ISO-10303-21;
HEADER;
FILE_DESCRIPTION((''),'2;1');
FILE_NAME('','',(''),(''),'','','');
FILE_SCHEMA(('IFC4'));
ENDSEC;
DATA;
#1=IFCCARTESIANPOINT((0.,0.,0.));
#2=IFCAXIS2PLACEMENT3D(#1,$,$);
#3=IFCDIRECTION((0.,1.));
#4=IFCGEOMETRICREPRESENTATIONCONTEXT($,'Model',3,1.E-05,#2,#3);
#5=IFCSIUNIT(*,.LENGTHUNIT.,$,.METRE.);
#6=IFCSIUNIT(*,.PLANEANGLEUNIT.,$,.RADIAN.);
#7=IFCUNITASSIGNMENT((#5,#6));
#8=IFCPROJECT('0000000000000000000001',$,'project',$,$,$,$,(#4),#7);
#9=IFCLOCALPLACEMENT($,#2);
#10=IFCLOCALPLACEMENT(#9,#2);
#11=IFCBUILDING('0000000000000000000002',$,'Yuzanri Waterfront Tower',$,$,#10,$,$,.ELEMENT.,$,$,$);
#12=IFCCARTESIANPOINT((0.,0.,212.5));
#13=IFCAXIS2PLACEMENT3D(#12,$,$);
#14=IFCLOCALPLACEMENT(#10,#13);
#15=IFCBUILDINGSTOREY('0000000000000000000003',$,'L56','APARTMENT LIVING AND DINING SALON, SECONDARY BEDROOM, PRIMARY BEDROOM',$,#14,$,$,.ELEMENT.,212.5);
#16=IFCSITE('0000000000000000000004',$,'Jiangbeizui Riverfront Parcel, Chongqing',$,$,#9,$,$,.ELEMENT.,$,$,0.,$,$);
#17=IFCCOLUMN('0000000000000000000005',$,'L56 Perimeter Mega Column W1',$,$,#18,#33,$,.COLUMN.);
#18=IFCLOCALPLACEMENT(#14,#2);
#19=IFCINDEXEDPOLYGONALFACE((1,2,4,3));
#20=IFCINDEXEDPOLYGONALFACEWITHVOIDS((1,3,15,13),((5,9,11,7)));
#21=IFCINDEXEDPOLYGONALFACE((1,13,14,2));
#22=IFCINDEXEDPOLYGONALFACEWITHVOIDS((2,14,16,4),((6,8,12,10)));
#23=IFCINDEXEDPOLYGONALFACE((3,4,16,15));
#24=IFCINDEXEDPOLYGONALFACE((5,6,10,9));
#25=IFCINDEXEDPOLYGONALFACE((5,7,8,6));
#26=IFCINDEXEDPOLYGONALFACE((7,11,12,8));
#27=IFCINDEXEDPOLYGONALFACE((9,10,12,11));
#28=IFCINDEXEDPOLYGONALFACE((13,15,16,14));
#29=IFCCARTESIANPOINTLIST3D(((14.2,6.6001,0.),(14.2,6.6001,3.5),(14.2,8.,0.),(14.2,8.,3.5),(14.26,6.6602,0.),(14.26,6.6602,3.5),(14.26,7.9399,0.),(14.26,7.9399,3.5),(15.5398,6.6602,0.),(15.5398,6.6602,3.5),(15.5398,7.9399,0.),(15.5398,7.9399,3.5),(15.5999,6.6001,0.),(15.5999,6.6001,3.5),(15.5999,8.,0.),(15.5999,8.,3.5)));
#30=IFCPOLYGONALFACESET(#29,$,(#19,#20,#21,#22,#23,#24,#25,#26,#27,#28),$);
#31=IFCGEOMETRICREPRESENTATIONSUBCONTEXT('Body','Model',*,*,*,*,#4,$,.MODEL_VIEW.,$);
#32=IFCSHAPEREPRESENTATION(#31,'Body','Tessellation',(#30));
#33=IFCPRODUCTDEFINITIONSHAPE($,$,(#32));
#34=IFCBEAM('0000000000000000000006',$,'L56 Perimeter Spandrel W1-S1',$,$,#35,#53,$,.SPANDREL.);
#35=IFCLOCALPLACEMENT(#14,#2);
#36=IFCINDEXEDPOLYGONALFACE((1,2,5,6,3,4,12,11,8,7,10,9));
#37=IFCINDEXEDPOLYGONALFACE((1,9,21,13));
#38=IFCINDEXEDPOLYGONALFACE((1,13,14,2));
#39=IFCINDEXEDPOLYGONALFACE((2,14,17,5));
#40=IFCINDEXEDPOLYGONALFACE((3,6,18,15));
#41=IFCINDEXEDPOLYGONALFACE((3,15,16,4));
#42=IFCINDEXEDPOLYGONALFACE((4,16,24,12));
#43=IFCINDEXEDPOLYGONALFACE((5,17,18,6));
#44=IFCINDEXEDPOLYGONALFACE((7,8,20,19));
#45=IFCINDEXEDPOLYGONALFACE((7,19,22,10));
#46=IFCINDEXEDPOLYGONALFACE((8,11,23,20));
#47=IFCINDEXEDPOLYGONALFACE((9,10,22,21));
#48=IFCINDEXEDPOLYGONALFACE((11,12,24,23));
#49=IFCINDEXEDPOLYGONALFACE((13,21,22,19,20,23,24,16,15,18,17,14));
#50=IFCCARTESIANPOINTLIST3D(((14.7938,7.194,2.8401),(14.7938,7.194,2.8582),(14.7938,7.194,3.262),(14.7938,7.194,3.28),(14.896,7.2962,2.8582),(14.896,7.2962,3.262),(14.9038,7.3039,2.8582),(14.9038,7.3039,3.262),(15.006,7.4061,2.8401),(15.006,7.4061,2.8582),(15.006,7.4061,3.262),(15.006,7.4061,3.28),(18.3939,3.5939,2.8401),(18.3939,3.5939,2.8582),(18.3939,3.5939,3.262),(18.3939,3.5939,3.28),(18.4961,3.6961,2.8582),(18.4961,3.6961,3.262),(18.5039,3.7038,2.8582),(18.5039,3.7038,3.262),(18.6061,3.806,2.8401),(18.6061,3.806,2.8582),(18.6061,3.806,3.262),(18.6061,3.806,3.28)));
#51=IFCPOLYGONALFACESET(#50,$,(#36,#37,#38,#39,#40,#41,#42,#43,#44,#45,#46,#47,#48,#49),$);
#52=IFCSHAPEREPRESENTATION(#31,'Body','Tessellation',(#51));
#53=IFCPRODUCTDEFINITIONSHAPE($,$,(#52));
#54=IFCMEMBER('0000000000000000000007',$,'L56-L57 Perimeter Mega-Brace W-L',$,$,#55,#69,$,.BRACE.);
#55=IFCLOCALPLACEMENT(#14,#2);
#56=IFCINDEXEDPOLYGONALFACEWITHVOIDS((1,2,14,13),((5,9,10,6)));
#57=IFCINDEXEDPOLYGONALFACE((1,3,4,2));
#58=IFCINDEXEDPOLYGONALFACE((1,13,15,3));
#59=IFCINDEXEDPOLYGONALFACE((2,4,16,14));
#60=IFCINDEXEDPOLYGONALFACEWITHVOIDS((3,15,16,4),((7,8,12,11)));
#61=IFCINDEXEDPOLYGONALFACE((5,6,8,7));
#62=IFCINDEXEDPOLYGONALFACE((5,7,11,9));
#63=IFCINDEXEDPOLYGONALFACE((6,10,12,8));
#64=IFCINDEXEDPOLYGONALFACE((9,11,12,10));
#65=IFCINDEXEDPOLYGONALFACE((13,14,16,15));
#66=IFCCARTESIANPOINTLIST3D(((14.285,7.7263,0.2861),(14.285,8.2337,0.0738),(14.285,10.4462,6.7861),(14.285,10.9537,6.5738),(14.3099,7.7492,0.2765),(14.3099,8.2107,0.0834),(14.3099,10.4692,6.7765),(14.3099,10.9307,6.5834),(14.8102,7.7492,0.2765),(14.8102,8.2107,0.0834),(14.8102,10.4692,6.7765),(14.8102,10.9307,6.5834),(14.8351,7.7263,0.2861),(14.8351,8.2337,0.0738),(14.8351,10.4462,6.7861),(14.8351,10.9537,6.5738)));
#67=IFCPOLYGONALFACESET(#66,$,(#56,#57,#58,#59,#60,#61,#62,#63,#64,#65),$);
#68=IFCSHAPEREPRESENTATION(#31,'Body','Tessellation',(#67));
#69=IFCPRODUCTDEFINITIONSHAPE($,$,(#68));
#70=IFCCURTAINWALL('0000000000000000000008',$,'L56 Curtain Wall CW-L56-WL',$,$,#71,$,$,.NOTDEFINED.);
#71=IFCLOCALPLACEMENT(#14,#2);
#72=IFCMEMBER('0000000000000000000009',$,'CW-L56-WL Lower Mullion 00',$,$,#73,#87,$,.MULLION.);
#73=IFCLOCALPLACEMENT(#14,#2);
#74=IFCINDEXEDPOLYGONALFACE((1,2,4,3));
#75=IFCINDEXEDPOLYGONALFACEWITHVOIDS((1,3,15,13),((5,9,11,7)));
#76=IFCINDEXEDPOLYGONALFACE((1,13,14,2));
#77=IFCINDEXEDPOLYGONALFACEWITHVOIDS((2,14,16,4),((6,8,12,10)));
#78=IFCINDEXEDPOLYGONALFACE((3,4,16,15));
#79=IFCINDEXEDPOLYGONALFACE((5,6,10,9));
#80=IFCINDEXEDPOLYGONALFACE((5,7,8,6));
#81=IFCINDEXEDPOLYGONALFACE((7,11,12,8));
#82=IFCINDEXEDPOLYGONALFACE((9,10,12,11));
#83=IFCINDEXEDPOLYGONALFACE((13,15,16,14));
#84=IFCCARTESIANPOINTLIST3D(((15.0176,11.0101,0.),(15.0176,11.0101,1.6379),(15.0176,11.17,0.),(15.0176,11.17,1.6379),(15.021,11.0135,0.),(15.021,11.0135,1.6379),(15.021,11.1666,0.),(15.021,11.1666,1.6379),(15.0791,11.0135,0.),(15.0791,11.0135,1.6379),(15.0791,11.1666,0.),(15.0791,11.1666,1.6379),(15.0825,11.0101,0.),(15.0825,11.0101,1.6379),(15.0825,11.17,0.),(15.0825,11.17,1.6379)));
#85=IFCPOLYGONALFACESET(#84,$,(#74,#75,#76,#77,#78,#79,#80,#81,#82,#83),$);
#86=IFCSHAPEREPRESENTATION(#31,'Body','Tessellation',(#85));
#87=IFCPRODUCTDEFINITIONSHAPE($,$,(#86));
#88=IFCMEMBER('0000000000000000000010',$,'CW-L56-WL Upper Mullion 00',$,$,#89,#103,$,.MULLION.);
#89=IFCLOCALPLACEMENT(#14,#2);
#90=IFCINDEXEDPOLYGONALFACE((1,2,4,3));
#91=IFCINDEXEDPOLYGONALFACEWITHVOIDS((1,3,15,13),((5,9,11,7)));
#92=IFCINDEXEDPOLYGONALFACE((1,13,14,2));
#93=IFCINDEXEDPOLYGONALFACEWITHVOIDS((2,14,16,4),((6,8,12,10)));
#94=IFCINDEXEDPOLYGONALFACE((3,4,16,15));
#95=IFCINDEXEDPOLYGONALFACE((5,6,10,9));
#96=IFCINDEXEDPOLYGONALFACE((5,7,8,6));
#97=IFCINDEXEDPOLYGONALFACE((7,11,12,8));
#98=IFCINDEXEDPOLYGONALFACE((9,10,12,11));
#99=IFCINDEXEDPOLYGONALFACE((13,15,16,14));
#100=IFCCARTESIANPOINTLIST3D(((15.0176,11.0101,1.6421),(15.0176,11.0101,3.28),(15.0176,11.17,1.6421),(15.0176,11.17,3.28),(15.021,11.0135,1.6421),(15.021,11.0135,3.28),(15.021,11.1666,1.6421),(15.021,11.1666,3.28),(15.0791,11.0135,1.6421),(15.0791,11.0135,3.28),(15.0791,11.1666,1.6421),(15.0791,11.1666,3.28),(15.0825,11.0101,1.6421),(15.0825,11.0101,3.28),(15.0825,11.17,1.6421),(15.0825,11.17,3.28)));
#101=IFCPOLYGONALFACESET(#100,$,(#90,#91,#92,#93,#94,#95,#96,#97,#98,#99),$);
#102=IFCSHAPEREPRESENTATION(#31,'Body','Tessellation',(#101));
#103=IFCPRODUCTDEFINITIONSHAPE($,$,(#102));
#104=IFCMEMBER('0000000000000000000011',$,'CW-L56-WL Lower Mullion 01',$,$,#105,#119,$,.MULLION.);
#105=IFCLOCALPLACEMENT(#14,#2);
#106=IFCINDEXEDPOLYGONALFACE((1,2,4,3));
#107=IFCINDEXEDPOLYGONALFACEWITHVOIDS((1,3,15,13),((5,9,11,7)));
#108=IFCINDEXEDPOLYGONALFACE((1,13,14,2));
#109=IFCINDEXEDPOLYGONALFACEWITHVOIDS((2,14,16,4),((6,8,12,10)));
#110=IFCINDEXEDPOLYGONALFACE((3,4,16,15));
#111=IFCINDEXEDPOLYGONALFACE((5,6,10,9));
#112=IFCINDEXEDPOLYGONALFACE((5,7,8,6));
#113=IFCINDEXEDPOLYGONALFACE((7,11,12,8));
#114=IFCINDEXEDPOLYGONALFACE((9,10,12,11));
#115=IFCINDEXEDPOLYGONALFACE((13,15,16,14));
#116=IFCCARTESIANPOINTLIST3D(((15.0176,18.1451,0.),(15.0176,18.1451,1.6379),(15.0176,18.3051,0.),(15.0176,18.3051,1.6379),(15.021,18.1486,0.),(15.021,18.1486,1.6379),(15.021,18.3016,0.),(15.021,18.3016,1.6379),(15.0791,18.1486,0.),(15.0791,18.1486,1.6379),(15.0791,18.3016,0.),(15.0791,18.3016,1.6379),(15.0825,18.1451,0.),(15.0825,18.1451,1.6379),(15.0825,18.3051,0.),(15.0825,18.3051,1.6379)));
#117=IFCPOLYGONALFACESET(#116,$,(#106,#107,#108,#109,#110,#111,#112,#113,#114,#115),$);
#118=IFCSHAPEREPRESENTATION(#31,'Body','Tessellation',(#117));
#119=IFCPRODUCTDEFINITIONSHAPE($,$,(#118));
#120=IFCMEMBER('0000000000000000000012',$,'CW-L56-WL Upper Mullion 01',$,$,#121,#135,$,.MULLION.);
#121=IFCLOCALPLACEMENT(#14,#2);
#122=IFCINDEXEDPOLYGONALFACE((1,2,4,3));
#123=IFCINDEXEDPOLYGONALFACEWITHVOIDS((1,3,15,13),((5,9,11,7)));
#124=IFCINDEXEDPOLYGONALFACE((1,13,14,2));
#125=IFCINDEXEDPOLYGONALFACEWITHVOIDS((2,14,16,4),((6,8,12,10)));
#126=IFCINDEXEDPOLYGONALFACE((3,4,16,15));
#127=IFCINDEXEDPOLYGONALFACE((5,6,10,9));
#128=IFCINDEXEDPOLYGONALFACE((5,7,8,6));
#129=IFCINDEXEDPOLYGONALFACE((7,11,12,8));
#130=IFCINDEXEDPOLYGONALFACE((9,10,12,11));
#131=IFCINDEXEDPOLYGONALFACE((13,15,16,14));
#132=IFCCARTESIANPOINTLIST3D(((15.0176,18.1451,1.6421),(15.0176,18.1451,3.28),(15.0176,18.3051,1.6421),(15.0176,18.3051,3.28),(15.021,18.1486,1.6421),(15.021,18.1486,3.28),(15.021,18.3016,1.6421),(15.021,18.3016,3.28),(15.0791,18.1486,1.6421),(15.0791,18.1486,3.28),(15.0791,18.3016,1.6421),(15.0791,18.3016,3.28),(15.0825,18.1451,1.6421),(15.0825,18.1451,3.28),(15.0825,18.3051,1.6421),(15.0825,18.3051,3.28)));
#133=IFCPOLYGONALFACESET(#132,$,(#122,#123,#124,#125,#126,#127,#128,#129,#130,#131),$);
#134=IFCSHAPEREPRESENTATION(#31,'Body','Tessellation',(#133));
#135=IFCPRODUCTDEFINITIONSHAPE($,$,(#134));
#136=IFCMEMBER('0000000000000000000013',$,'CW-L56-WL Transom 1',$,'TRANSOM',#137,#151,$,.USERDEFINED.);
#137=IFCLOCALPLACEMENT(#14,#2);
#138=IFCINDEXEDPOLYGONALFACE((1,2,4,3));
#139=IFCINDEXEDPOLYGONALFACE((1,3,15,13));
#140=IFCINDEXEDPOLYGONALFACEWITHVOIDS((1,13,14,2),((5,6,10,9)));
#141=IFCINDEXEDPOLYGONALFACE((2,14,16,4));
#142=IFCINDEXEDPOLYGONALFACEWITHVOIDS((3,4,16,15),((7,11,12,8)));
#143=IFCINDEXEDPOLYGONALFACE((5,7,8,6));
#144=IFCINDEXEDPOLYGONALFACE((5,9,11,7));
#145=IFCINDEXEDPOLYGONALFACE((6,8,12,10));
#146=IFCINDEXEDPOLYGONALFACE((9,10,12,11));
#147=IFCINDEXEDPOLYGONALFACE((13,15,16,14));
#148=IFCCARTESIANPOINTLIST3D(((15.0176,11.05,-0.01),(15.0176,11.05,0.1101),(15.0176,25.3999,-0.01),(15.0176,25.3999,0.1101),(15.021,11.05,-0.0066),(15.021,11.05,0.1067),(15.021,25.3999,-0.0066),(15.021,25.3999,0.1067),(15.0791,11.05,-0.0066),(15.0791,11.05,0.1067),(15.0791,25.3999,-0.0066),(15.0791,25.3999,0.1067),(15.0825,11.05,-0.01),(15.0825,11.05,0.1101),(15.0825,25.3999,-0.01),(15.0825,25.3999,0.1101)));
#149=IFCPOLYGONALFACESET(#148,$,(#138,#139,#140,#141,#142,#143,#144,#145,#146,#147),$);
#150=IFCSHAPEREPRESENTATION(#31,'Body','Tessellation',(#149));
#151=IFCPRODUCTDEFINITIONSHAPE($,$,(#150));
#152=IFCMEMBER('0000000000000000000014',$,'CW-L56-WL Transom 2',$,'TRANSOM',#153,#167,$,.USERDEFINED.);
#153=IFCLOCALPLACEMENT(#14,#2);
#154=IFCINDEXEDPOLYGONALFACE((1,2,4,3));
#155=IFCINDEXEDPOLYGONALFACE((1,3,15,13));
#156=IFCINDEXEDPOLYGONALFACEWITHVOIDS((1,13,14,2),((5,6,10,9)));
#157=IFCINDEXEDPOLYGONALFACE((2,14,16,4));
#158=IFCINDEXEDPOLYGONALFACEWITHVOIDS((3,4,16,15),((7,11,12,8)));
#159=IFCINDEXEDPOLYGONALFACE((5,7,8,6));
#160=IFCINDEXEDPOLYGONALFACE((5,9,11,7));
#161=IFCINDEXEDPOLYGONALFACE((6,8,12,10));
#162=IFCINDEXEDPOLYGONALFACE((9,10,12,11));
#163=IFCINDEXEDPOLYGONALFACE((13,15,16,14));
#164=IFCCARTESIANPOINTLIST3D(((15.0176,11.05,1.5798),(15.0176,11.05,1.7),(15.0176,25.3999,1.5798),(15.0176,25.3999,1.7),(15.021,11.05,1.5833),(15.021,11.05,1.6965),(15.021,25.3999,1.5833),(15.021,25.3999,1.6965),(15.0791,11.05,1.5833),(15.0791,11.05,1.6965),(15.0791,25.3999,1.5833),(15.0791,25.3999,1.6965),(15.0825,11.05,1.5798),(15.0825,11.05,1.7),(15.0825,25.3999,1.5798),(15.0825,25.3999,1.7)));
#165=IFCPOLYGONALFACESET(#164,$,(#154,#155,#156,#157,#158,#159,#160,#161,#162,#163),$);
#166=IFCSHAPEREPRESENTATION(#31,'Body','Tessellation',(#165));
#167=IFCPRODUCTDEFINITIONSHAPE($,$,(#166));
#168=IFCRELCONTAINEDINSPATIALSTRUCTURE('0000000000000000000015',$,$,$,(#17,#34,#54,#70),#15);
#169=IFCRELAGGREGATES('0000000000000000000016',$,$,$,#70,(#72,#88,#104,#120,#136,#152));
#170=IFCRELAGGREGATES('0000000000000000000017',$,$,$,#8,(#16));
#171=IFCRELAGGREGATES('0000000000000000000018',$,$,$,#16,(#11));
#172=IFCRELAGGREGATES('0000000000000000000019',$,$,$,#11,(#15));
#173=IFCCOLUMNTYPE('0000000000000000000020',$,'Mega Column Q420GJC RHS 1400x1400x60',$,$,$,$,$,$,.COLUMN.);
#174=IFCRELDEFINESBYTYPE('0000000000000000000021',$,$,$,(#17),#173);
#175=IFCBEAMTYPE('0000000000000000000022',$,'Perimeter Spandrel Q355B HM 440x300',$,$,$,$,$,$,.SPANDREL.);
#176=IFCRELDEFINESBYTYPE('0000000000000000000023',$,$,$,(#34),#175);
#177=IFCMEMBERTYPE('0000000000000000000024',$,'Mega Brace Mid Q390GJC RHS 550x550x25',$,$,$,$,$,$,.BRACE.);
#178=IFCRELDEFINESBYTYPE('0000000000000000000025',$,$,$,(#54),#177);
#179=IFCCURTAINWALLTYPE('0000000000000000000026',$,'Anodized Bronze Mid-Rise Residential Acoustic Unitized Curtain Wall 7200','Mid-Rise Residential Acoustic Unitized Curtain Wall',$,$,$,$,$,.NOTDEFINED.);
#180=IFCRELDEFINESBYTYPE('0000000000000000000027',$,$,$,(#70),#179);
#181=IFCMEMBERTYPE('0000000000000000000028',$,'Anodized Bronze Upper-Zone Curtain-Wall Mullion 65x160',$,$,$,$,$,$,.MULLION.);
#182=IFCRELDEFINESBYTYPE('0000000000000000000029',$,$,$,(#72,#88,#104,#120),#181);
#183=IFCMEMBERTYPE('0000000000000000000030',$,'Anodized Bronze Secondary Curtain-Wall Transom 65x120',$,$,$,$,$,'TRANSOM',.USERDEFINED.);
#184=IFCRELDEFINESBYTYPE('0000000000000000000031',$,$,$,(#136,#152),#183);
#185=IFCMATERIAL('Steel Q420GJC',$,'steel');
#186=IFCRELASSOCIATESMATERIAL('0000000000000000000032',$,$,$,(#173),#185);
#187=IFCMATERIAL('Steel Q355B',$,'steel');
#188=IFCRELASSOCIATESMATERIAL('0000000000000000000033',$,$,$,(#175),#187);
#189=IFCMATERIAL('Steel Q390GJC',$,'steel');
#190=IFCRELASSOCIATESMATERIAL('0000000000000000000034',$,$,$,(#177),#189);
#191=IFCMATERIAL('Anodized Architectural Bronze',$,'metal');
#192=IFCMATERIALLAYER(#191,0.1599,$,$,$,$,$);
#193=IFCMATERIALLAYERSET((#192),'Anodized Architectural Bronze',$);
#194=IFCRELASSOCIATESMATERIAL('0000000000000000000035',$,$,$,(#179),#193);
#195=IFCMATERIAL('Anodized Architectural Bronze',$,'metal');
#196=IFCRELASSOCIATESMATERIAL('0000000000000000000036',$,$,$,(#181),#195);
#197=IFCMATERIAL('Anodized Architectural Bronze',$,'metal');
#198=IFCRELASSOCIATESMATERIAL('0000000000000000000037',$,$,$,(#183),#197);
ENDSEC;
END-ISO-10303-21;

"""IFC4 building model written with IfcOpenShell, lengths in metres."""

from ifc_helpers import new_model, si_unit, direction, frame, origin, origin_2d, place, context, subcontext, project, spatial, hollow_rectangle, i_section, extrude, source, transform, mapped, material, layer, layer_set, material_profile, profile_set, type_object, element, aggregate, save


model = new_model("IFC4")

# Units and contexts
model_context = context("Model", 3, precision=1e-05, world=origin(), true_north=direction((0.0, 1.0)))
body_context = subcontext(model_context, "Body", "Model", "MODEL_VIEW")
ifc_project = project(units=[si_unit("LENGTHUNIT", "METRE"), si_unit("PLANEANGLEUNIT", "RADIAN")], contexts=[model_context])

# Site, building, storey
site_placement = place(None, origin())
site = spatial("IfcSite", under=ifc_project, at=site_placement, Name="Jiangbeizui Riverfront Parcel, Chongqing", CompositionType="ELEMENT", RefElevation=0.0)
building_placement = place(site_placement, origin())
building = spatial("IfcBuilding", under=site, at=building_placement, Name="Yuzanri Waterfront Tower", CompositionType="ELEMENT")
storey_placement = place(building_placement, frame((0.0, 0.0, 212.5)))
storey = spatial("IfcBuildingStorey", under=building, at=storey_placement, Name="L56", Description="APARTMENT LIVING AND DINING SALON, SECONDARY BEDROOM, PRIMARY BEDROOM", CompositionType="ELEMENT", Elevation=212.5)

# Column
ifc_material_1 = material(Name="Steel Q420GJC", Category="steel")
ifc_material_profile_1 = material_profile(ifc_material_1, hollow_rectangle(XDim=1.3999, YDim=1.3999, WallThickness=0.0601, at=origin_2d()), Name="RHS 1400x1400x60")
ifc_profile_set_1 = profile_set([ifc_material_profile_1], Name="Steel Q420GJC")
column_type = type_object("IfcColumnType", Name="Mega Column Q420GJC RHS 1400x1400x60", PredefinedType="COLUMN", material=ifc_profile_set_1)
shared_shape_1 = source(origin(), body_context, "Body", "SweptSolid", [
    extrude(hollow_rectangle(XDim=1.3999, YDim=1.3999, WallThickness=0.0601, at=origin_2d()), origin(), (0.0, 0.0, 1.0), 3.5),
])
column_placement = place(storey_placement, frame((14.8999, 7.3, 0.0), z_axis=(0.0, 0.0, 1.0), x_axis=(1.0, 0.0, 0.0)))
element("IfcColumn", 1, at=column_placement, inside=storey, type_object=column_type, Name="L56 Perimeter Mega Column W1", PredefinedType="COLUMN", context=body_context, shape_type="MappedRepresentation", body=[
    mapped(shared_shape_1, transform((0.0, 0.0, 0.0), scale=1.0)),
])

# Beam
ifc_material_2 = material(Name="Steel Q355B", Category="steel")
ifc_material_profile_2 = material_profile(ifc_material_2, i_section(OverallWidth=0.3, OverallDepth=0.4399, WebThickness=0.011, FlangeThickness=0.0181, at=origin_2d()), Name="HM 440x300x11x18")
ifc_profile_set_2 = profile_set([ifc_material_profile_2], Name="Steel Q355B")
beam_type = type_object("IfcBeamType", Name="Perimeter Spandrel Q355B HM 440x300", PredefinedType="SPANDREL", material=ifc_profile_set_2)
shared_shape_2 = source(origin(), body_context, "Body", "SweptSolid", [
    extrude(i_section(OverallWidth=0.3, OverallDepth=0.4399, WebThickness=0.011, FlangeThickness=0.0181, at=origin_2d()), origin(), (0.0, 0.0, 1.0), 5.0913),
])
beam_placement = place(storey_placement, frame((14.8999, 7.3, 3.0601), z_axis=(0.707107, -0.707107, 0.0), x_axis=(0.707107, 0.707107, 0.0)))
element("IfcBeam", 2, at=beam_placement, inside=storey, type_object=beam_type, Name="L56 Perimeter Spandrel W1-S1", PredefinedType="SPANDREL", context=body_context, shape_type="MappedRepresentation", body=[
    mapped(shared_shape_2, transform((0.0, 0.0, 0.0), scale=1.0)),
])

# Member
ifc_material_3 = material(Name="Steel Q390GJC", Category="steel")
ifc_material_profile_3 = material_profile(ifc_material_3, hollow_rectangle(XDim=0.55, YDim=0.55, WallThickness=0.0249, at=origin_2d()), Name="RHS 550x550x25")
ifc_profile_set_3 = profile_set([ifc_material_profile_3], Name="Steel Q390GJC")
member_type_1 = type_object("IfcMemberType", Name="Mega Brace Mid Q390GJC RHS 550x550x25", PredefinedType="BRACE", material=ifc_profile_set_3)
shared_shape_3 = source(origin(), body_context, "Body", "SweptSolid", [
    extrude(hollow_rectangle(XDim=0.55, YDim=0.55, WallThickness=0.0249, at=origin_2d()), origin(), (0.0, 0.0, 1.0), 7.0461),
])
member_1_placement = place(storey_placement, frame((14.5601, 7.98, 0.1799), z_axis=(0.0, 0.386022, 0.922489), x_axis=(-1.0, 0.0, 0.0)))
element("IfcMember", 3, at=member_1_placement, inside=storey, type_object=member_type_1, Name="L56-L57 Perimeter Mega-Brace W-L", PredefinedType="BRACE", context=body_context, shape_type="MappedRepresentation", body=[
    mapped(shared_shape_3, transform((0.0, 0.0, 0.0), scale=1.0)),
])

# Curtain wall, members
ifc_material_4 = material(Name="Anodized Architectural Bronze", Category="metal")
ifc_layer_1 = layer(ifc_material_4, 0.1599)
ifc_layer_set_1 = layer_set([ifc_layer_1], Name="Anodized Architectural Bronze")
curtain_wall_type = type_object("IfcCurtainWallType", Name="Anodized Bronze Mid-Rise Residential Acoustic Unitized Curtain Wall 7200", Description="Mid-Rise Residential Acoustic Unitized Curtain Wall", PredefinedType="NOTDEFINED", material=ifc_layer_set_1)
curtain_wall_placement = place(storey_placement, origin())
curtain_wall = element("IfcCurtainWall", 4, at=curtain_wall_placement, inside=storey, type_object=curtain_wall_type, Name="L56 Curtain Wall CW-L56-WL", PredefinedType="NOTDEFINED")
ifc_material_5 = material(Name="Anodized Architectural Bronze", Category="metal")
ifc_material_profile_4 = material_profile(ifc_material_5, hollow_rectangle(XDim=0.0649, YDim=0.1599, WallThickness=0.0034, at=origin_2d()), Name="CWM 65x160")
ifc_profile_set_4 = profile_set([ifc_material_profile_4], Name="Anodized Architectural Bronze")
member_type_2 = type_object("IfcMemberType", Name="Anodized Bronze Upper-Zone Curtain-Wall Mullion 65x160", PredefinedType="MULLION", material=ifc_profile_set_4)
shared_shape_4 = source(origin(), body_context, "Body", "SweptSolid", [
    extrude(hollow_rectangle(XDim=0.0649, YDim=0.1599, WallThickness=0.0034, at=origin_2d()), origin(), (0.0, 0.0, 1.0), 1.6379),
])
member_2_placement = place(storey_placement, frame((15.05, 11.0901, 0.0), z_axis=(0.0, 0.0, 1.0), x_axis=(1.0, 0.0, 0.0)))
member_2 = element("IfcMember", 5, at=member_2_placement, type_object=member_type_2, Name="CW-L56-WL Lower Mullion 00", PredefinedType="MULLION", context=body_context, shape_type="MappedRepresentation", body=[
    mapped(shared_shape_4, transform((0.0, 0.0, 0.0), scale=1.0)),
])
member_3_placement = place(storey_placement, frame((15.05, 11.0901, 1.6421), z_axis=(0.0, 0.0, 1.0), x_axis=(1.0, 0.0, 0.0)))
member_3 = element("IfcMember", 6, at=member_3_placement, type_object=member_type_2, Name="CW-L56-WL Upper Mullion 00", PredefinedType="MULLION", context=body_context, shape_type="MappedRepresentation", body=[
    mapped(shared_shape_4, transform((0.0, 0.0, 0.0), scale=1.0)),
])
member_4_placement = place(storey_placement, frame((15.05, 18.2251, 0.0), z_axis=(0.0, 0.0, 1.0), x_axis=(1.0, 0.0, 0.0)))
member_4 = element("IfcMember", 7, at=member_4_placement, type_object=member_type_2, Name="CW-L56-WL Lower Mullion 01", PredefinedType="MULLION", context=body_context, shape_type="MappedRepresentation", body=[
    mapped(shared_shape_4, transform((0.0, 0.0, 0.0), scale=1.0)),
])
member_5_placement = place(storey_placement, frame((15.05, 18.2251, 1.6421), z_axis=(0.0, 0.0, 1.0), x_axis=(1.0, 0.0, 0.0)))
member_5 = element("IfcMember", 8, at=member_5_placement, type_object=member_type_2, Name="CW-L56-WL Upper Mullion 01", PredefinedType="MULLION", context=body_context, shape_type="MappedRepresentation", body=[
    mapped(shared_shape_4, transform((0.0, 0.0, 0.0), scale=1.0)),
])
ifc_material_6 = material(Name="Anodized Architectural Bronze", Category="metal")
ifc_material_profile_5 = material_profile(ifc_material_6, hollow_rectangle(XDim=0.0649, YDim=0.1201, WallThickness=0.0034, at=origin_2d()), Name="CWT 65x120")
ifc_profile_set_5 = profile_set([ifc_material_profile_5], Name="Anodized Architectural Bronze")
member_type_3 = type_object("IfcMemberType", Name="Anodized Bronze Secondary Curtain-Wall Transom 65x120", ElementType="TRANSOM", PredefinedType="USERDEFINED", material=ifc_profile_set_5)
shared_shape_5 = source(origin(), body_context, "Body", "SweptSolid", [
    extrude(hollow_rectangle(XDim=0.0649, YDim=0.1201, WallThickness=0.0034, at=origin_2d()), origin(), (0.0, 0.0, 1.0), 14.3499),
])
member_6_placement = place(storey_placement, frame((15.05, 11.05, 0.05), z_axis=(0.0, 1.0, 0.0), x_axis=(-1.0, 0.0, 0.0)))
member_6 = element("IfcMember", 9, at=member_6_placement, type_object=member_type_3, Name="CW-L56-WL Transom 1", ObjectType="TRANSOM", PredefinedType="USERDEFINED", context=body_context, shape_type="MappedRepresentation", body=[
    mapped(shared_shape_5, transform((0.0, 0.0, 0.0), scale=1.0)),
])
member_7_placement = place(storey_placement, frame((15.05, 11.05, 1.6399), z_axis=(0.0, 1.0, 0.0), x_axis=(-1.0, 0.0, 0.0)))
member_7 = element("IfcMember", 10, at=member_7_placement, type_object=member_type_3, Name="CW-L56-WL Transom 2", ObjectType="TRANSOM", PredefinedType="USERDEFINED", context=body_context, shape_type="MappedRepresentation", body=[
    mapped(shared_shape_5, transform((0.0, 0.0, 0.0), scale=1.0)),
])

aggregate(curtain_wall, [member_2, member_3, member_4, member_5, member_6, member_7])

save(model, "model.ifc")
